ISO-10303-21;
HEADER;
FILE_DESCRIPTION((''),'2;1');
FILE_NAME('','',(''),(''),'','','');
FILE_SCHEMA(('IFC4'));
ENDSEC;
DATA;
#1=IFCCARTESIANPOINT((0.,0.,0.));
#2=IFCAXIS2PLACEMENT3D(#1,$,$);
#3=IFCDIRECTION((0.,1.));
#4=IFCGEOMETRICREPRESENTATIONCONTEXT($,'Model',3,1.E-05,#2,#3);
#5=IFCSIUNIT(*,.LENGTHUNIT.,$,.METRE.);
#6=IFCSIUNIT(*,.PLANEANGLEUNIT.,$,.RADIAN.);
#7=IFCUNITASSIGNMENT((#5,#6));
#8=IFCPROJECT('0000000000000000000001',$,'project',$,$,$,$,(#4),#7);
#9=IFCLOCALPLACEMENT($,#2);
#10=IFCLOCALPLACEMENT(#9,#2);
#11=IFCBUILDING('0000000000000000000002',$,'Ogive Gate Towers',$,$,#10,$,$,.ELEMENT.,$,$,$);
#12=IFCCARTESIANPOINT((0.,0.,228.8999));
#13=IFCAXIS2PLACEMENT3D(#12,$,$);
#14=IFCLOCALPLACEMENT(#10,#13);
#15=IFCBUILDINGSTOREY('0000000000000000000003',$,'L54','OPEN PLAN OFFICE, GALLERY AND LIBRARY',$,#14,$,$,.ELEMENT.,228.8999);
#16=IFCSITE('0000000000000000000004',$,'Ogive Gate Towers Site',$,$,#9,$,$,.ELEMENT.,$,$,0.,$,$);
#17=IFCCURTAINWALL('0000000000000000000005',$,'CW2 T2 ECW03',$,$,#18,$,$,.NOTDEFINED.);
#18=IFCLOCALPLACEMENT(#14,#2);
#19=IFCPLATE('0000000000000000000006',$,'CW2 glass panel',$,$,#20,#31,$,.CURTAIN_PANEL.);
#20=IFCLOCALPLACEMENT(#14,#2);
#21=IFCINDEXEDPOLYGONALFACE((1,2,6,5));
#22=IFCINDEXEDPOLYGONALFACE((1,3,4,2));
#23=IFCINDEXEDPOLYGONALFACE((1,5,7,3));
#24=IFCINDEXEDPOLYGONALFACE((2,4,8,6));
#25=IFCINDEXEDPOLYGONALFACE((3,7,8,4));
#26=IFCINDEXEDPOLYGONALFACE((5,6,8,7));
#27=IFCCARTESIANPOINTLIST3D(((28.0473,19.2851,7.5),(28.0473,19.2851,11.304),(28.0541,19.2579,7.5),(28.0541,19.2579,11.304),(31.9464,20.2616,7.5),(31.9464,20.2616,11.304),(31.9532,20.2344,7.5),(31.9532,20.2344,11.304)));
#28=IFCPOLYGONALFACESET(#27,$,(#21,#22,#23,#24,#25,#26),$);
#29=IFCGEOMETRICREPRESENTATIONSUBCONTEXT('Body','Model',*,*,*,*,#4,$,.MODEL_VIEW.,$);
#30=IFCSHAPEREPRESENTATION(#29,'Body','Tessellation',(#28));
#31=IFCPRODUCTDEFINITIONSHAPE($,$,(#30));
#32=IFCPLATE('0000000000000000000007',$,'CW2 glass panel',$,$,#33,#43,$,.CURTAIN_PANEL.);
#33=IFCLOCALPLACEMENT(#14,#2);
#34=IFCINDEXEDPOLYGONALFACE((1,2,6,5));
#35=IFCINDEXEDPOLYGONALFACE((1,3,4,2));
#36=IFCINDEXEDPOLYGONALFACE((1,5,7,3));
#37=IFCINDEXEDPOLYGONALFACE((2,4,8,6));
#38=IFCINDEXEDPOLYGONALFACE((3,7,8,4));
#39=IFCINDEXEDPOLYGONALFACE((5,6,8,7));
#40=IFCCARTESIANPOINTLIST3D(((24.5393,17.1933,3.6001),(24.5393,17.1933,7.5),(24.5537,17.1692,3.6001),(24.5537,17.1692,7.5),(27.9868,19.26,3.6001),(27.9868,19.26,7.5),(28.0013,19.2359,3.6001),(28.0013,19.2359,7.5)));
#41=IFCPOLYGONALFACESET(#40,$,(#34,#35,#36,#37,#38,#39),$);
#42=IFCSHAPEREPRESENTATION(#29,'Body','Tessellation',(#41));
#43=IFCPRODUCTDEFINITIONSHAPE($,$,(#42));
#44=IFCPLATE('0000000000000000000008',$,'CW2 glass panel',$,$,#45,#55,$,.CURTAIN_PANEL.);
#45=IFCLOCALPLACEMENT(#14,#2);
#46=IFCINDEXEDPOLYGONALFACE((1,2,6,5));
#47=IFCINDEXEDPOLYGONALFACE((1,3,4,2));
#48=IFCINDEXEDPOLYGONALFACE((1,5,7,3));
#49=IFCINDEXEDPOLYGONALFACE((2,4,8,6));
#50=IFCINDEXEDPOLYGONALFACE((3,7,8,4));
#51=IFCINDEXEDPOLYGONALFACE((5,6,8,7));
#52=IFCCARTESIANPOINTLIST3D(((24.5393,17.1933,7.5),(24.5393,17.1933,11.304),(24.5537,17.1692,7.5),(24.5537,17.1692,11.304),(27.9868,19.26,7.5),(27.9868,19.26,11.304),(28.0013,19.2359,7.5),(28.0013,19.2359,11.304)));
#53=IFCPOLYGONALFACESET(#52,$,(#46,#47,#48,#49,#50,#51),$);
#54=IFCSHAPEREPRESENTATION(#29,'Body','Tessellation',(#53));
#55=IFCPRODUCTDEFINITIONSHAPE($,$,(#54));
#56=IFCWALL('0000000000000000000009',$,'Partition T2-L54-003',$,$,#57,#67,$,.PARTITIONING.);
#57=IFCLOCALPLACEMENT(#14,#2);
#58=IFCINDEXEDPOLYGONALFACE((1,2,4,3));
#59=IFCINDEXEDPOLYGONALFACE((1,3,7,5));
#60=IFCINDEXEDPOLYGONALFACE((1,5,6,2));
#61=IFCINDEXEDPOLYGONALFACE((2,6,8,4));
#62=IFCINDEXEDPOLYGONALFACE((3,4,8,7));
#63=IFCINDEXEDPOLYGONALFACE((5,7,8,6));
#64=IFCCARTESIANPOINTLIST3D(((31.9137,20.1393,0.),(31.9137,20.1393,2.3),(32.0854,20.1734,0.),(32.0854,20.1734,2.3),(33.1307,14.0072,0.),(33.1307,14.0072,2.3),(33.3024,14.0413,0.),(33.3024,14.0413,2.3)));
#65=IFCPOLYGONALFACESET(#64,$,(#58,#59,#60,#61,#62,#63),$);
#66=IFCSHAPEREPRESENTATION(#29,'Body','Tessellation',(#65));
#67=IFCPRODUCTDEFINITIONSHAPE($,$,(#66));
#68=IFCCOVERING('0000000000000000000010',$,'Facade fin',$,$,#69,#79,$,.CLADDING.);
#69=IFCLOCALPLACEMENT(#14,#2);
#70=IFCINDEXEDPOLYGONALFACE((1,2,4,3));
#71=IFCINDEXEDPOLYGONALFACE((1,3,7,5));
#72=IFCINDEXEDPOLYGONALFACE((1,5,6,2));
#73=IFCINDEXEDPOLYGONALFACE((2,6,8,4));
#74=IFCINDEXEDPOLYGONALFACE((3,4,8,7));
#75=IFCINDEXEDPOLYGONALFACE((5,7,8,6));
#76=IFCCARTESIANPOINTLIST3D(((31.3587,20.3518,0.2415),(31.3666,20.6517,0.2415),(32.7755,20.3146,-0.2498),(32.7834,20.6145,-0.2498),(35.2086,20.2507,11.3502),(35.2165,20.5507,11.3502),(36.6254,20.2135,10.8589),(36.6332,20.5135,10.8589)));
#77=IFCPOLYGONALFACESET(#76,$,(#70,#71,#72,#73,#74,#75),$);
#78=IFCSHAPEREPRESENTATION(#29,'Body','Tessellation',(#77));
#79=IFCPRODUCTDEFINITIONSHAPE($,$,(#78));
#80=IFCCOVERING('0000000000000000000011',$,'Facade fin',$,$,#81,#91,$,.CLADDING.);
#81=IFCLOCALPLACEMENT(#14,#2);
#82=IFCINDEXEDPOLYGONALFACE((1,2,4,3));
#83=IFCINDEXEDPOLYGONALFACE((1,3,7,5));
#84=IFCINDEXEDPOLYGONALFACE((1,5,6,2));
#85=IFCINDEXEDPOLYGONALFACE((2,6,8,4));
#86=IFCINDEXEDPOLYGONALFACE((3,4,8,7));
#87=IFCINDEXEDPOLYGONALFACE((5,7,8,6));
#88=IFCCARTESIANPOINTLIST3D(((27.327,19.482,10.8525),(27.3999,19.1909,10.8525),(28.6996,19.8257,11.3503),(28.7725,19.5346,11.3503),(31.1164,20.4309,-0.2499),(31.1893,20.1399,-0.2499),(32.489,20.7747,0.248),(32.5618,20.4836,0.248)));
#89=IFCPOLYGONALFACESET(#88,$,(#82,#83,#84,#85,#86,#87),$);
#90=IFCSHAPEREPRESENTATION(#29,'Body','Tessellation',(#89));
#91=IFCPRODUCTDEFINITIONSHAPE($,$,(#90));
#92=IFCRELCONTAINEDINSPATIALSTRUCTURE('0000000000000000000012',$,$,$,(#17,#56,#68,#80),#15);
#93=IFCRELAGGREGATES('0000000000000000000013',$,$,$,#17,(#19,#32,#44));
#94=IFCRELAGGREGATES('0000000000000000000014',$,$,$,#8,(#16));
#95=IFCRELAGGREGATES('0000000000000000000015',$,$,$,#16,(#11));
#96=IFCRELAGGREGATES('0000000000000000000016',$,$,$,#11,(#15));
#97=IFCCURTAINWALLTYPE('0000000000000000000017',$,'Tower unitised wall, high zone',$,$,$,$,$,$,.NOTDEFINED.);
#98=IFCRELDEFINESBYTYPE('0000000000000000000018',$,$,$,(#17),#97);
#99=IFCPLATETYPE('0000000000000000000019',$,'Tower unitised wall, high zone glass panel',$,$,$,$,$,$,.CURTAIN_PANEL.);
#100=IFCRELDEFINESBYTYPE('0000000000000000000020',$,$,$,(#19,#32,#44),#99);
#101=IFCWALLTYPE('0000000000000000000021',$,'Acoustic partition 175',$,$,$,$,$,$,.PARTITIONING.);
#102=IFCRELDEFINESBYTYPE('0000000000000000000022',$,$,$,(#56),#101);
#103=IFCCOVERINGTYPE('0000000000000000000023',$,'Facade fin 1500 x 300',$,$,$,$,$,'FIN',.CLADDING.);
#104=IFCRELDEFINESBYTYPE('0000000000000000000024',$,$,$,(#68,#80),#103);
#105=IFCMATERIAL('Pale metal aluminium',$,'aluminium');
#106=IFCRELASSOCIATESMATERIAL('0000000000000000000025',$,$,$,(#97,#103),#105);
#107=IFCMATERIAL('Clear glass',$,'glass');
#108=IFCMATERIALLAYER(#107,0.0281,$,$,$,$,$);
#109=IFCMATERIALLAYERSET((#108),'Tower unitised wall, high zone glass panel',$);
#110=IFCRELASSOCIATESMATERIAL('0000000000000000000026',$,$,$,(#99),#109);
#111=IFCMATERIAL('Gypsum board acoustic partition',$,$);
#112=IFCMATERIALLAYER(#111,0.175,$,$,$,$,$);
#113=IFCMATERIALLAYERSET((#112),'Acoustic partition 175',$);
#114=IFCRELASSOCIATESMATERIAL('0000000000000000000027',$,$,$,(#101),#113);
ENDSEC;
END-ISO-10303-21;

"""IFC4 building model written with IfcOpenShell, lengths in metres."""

from ifc_helpers import new_model, si_unit, direction, frame, frame_2d, origin, origin_2d, place, context, subcontext, project, spatial, rectangle, extrude, material, layer, layer_set, material_profile, profile_set, type_object, element, aggregate, save


model = new_model("IFC4")

# Units and contexts
model_context = context("Model", 3, precision=1e-05, world=origin(), true_north=direction((0.0, 1.0)))
body_context = subcontext(model_context, "Body", "Model", "MODEL_VIEW")
ifc_project = project(units=[si_unit("LENGTHUNIT", "METRE"), si_unit("PLANEANGLEUNIT", "RADIAN")], contexts=[model_context])

# Site, building, storey
site_placement = place(None, origin())
site = spatial("IfcSite", under=ifc_project, at=site_placement, Name="Ogive Gate Towers Site", CompositionType="ELEMENT", RefElevation=0.0)
building_placement = place(site_placement, origin())
building = spatial("IfcBuilding", under=site, at=building_placement, Name="Ogive Gate Towers", CompositionType="ELEMENT")
storey_placement = place(building_placement, frame((0.0, 0.0, 228.8999)))
storey = spatial("IfcBuildingStorey", under=building, at=storey_placement, Name="L54", Description="OPEN PLAN OFFICE, GALLERY AND LIBRARY", CompositionType="ELEMENT", Elevation=228.8999)

# Curtain wall, plates
ifc_material_1 = material(Name="Pale metal aluminium", Category="aluminium")
curtain_wall_type = type_object("IfcCurtainWallType", Name="Tower unitised wall, high zone", PredefinedType="NOTDEFINED", material=ifc_material_1)
curtain_wall_placement = place(storey_placement, origin())
curtain_wall = element("IfcCurtainWall", 1, at=curtain_wall_placement, inside=storey, type_object=curtain_wall_type, Name="CW2 T2 ECW03", PredefinedType="NOTDEFINED")
ifc_material_2 = material(Name="Clear glass", Category="glass")
ifc_layer_1 = layer(ifc_material_2, 0.0281)
ifc_layer_set_1 = layer_set([ifc_layer_1], Name="Tower unitised wall, high zone glass panel")
plate_type = type_object("IfcPlateType", Name="Tower unitised wall, high zone glass panel", PredefinedType="CURTAIN_PANEL", material=ifc_layer_set_1)
plate_1_placement = place(storey_placement, frame((30.0002, 19.7598, 7.5), z_axis=(0.0, 0.0, 1.0), x_axis=(-0.970042, -0.242938, 0.0)))
plate_1 = element("IfcPlate", 2, at=plate_1_placement, type_object=plate_type, Name="CW2 glass panel", PredefinedType="CURTAIN_PANEL", context=body_context, shape_type="SweptSolid", body=[
    extrude(rectangle(XDim=4.0195, YDim=0.0281, at=origin_2d()), origin(), (0.0, 0.0, 1.0), 3.804),
])
plate_2_placement = place(storey_placement, frame((26.2703, 18.2146, 3.6001), z_axis=(0.0, 0.0, 1.0), x_axis=(-0.857697, -0.514155, 0.0)))
plate_2 = element("IfcPlate", 3, at=plate_2_placement, type_object=plate_type, Name="CW2 glass panel", PredefinedType="CURTAIN_PANEL", context=body_context, shape_type="SweptSolid", body=[
    extrude(rectangle(XDim=4.0195, YDim=0.0281, at=origin_2d()), origin(), (0.0, 0.0, 1.0), 3.8999),
])
plate_3_placement = place(storey_placement, frame((26.2703, 18.2146, 7.5), z_axis=(0.0, 0.0, 1.0), x_axis=(-0.857697, -0.514155, 0.0)))
plate_3 = element("IfcPlate", 4, at=plate_3_placement, type_object=plate_type, Name="CW2 glass panel", PredefinedType="CURTAIN_PANEL", context=body_context, shape_type="SweptSolid", body=[
    extrude(rectangle(XDim=4.0195, YDim=0.0281, at=origin_2d()), origin(), (0.0, 0.0, 1.0), 3.804),
])
aggregate(curtain_wall, [plate_1, plate_2, plate_3])

# Wall
ifc_material_3 = material(Name="Gypsum board acoustic partition")
ifc_layer_2 = layer(ifc_material_3, 0.175)
ifc_layer_set_2 = layer_set([ifc_layer_2], Name="Acoustic partition 175")
wall_type = type_object("IfcWallType", Name="Acoustic partition 175", PredefinedType="PARTITIONING", material=ifc_layer_set_2)
wall_placement = place(storey_placement, frame((31.9995, 20.1565, 0.0), z_axis=(0.0, 0.0, 1.0), x_axis=(0.194674, -0.980868, 0.0)))
element("IfcWall", 5, at=wall_placement, inside=storey, type_object=wall_type, Name="Partition T2-L54-003", PredefinedType="PARTITIONING", context=body_context, shape_type="SweptSolid", body=[
    extrude(rectangle(XDim=6.2517, YDim=0.175, at=frame_2d((3.126, 0.0))), origin(), (0.0, 0.0, 1.0), 2.3),
])

# Coverings
ifc_material_profile_1 = material_profile(ifc_material_1, rectangle(XDim=0.3, YDim=1.5, at=origin_2d()), Name="1500 x 300 pale metal aluminium")
ifc_profile_set_1 = profile_set([ifc_material_profile_1], Name="Pale metal aluminium")
covering_type = type_object("IfcCoveringType", Name="Facade fin 1500 x 300", ElementType="FIN", PredefinedType="CLADDING", material=ifc_profile_set_1)
covering_1_placement = place(storey_placement, frame((32.071, 20.4832, -0.0042), z_axis=(0.327444, -0.008597, 0.944831), x_axis=(0.026245, 0.999656, 0.0)))
element("IfcCovering", 6, at=covering_1_placement, inside=storey, type_object=covering_type, Name="Facade fin", PredefinedType="CLADDING", context=body_context, shape_type="SweptSolid", body=[
    extrude(rectangle(XDim=0.3, YDim=1.5, at=origin_2d()), origin(), (0.0, 0.0, 1.0), 11.7573),
])
covering_2_placement = place(storey_placement, frame((31.8391, 20.4573, -0.001), z_axis=(-0.321961, -0.08063, 0.943313), x_axis=(0.242933, -0.970043, 0.0)))
element("IfcCovering", 7, at=covering_2_placement, inside=storey, type_object=covering_type, Name="Facade fin", PredefinedType="CLADDING", context=body_context, shape_type="SweptSolid", body=[
    extrude(rectangle(XDim=0.3, YDim=1.5, at=origin_2d()), origin(), (0.0, 0.0, 1.0), 11.7695),
])

save(model, "model.ifc")
